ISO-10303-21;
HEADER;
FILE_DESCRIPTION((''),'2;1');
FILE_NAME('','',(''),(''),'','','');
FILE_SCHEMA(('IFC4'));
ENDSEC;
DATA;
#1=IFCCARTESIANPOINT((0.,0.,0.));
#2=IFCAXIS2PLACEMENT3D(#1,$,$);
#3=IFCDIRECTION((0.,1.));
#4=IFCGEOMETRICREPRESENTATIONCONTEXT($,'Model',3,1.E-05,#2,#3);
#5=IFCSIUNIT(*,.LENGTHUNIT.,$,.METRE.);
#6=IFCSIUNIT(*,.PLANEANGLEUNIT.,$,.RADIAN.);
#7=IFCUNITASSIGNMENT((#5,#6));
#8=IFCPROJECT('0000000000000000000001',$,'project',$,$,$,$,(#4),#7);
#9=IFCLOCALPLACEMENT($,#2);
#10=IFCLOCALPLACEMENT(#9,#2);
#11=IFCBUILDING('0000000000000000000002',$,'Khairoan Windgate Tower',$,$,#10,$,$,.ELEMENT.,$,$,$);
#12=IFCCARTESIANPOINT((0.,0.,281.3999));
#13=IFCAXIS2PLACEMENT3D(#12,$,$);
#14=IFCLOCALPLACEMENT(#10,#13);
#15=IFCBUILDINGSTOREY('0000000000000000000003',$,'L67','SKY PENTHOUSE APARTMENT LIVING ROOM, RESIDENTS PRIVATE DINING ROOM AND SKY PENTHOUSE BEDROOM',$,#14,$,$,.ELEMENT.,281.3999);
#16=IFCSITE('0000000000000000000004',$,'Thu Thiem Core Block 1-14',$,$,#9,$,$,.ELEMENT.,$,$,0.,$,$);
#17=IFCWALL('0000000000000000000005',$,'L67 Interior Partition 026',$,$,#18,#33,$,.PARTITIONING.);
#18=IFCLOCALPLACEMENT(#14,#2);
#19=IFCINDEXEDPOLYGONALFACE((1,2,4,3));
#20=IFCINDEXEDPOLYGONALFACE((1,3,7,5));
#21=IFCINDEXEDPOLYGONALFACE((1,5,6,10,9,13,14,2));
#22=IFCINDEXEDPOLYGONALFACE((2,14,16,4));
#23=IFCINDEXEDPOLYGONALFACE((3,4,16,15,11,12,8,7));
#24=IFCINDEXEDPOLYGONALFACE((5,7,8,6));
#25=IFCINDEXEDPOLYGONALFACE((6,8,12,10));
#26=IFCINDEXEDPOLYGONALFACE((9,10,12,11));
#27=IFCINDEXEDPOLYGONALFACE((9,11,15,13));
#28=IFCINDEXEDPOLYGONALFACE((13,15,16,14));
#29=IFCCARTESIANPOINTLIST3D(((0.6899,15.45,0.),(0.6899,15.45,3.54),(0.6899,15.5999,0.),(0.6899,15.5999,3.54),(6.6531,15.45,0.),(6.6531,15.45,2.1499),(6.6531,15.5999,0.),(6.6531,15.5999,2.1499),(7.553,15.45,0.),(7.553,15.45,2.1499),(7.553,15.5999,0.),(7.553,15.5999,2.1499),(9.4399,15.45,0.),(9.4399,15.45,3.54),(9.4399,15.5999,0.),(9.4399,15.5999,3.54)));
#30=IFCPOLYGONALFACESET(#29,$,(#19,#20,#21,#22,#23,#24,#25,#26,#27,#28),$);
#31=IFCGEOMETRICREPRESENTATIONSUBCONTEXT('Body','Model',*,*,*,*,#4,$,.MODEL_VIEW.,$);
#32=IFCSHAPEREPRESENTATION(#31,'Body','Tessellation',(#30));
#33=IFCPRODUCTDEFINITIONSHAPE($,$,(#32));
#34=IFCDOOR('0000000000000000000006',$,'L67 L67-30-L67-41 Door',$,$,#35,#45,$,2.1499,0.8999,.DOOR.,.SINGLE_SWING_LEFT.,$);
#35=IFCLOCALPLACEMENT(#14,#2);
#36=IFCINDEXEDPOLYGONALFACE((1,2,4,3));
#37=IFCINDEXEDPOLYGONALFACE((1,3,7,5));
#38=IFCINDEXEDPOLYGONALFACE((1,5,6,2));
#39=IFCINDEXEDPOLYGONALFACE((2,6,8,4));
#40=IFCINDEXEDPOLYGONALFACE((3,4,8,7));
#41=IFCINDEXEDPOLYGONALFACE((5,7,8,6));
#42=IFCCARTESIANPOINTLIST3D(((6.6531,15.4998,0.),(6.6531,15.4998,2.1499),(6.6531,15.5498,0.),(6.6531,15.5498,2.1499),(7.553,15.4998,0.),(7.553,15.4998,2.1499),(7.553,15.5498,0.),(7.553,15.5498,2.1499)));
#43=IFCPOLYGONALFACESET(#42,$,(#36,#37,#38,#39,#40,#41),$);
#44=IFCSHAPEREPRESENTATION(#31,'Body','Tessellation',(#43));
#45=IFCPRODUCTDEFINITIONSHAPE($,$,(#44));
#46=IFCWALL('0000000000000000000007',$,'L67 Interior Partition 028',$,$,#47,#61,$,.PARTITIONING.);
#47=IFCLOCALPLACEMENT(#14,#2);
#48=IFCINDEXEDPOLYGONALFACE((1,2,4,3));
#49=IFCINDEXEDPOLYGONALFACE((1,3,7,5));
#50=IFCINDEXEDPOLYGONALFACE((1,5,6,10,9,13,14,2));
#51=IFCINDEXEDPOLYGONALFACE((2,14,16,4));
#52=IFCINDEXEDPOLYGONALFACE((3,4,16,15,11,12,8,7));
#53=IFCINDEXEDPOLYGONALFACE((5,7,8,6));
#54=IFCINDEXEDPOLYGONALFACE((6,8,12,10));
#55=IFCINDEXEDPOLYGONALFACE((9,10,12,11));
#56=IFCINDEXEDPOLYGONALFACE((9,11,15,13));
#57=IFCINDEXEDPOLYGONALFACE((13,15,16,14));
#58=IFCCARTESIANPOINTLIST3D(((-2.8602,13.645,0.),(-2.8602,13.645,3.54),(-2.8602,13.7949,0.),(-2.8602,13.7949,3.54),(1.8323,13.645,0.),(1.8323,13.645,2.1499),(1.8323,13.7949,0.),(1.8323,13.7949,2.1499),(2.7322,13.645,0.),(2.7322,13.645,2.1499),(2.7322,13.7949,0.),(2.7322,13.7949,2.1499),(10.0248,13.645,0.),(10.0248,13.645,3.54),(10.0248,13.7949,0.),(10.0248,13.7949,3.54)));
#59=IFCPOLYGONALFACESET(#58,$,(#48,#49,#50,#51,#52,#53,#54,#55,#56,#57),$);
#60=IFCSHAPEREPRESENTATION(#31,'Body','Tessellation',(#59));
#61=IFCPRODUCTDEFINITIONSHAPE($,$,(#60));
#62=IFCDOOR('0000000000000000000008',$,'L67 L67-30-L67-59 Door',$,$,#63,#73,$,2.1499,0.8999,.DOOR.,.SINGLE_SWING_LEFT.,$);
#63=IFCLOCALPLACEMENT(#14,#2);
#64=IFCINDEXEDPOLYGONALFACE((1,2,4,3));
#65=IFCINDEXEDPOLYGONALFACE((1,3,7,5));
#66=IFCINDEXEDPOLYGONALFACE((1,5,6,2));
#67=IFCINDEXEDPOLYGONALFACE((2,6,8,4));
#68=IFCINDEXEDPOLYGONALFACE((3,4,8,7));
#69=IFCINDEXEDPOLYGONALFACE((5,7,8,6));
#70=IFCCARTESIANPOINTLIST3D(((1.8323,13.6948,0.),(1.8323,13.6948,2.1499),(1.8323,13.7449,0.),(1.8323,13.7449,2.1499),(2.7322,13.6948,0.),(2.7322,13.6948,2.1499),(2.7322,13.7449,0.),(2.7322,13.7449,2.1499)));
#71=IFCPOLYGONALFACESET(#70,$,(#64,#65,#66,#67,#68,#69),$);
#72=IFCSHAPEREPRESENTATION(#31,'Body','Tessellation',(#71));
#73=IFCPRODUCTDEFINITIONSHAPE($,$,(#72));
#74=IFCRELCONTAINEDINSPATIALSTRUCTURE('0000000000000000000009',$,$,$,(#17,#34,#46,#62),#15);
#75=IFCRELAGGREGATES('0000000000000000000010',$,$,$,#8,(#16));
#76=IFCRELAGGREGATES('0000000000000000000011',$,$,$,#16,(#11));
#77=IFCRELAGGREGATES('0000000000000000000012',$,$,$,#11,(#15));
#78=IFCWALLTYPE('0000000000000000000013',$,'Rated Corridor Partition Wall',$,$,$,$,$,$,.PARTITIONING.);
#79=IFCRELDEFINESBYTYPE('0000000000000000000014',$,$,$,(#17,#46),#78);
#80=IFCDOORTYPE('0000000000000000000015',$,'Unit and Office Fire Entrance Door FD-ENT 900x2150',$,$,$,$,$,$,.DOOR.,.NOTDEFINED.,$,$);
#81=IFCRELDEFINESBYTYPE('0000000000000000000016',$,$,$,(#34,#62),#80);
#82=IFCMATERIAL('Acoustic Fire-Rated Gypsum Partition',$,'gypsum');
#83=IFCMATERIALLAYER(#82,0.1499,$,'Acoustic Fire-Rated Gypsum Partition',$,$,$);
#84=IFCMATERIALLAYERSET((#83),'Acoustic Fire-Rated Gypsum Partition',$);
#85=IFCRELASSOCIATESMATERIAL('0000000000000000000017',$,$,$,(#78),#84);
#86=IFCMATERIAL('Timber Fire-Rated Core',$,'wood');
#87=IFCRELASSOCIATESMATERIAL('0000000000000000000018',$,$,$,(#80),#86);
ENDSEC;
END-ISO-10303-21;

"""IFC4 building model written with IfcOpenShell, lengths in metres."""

from ifc_helpers import new_model, si_unit, direction, frame, frame_2d, origin, place, context, subcontext, project, spatial, rectangle, extrude, material, layer, layer_set, type_object, element, fill, save


model = new_model("IFC4")

# Units and contexts
model_context = context("Model", 3, precision=1e-05, world=origin(), true_north=direction((0.0, 1.0)))
body_context = subcontext(model_context, "Body", "Model", "MODEL_VIEW")
ifc_project = project(units=[si_unit("LENGTHUNIT", "METRE"), si_unit("PLANEANGLEUNIT", "RADIAN")], contexts=[model_context])

# Site, building, storey
site_placement = place(None, origin())
site = spatial("IfcSite", under=ifc_project, at=site_placement, Name="Thu Thiem Core Block 1-14", CompositionType="ELEMENT", RefElevation=0.0)
building_placement = place(site_placement, origin())
building = spatial("IfcBuilding", under=site, at=building_placement, Name="Khairoan Windgate Tower", CompositionType="ELEMENT")
storey_placement = place(building_placement, frame((0.0, 0.0, 281.3999)))
storey = spatial("IfcBuildingStorey", under=building, at=storey_placement, Name="L67", Description="SKY PENTHOUSE APARTMENT LIVING ROOM, RESIDENTS PRIVATE DINING ROOM AND SKY PENTHOUSE BEDROOM", CompositionType="ELEMENT", Elevation=281.3999)

# Shared definitions
ifc_material_1 = material(Name="Acoustic Fire-Rated Gypsum Partition", Category="gypsum")
ifc_layer_1 = layer(ifc_material_1, 0.1499, Name="Acoustic Fire-Rated Gypsum Partition")
ifc_layer_set_1 = layer_set([ifc_layer_1], Name="Acoustic Fire-Rated Gypsum Partition")
wall_type_1 = type_object("IfcWallType", Name="Rated Corridor Partition Wall", PredefinedType="PARTITIONING", material=ifc_layer_set_1)
ifc_material_2 = material(Name="Timber Fire-Rated Core", Category="wood")
door_type_1 = type_object("IfcDoorType", Name="Unit and Office Fire Entrance Door FD-ENT 900x2150", OperationType="NOTDEFINED", PredefinedType="DOOR", material=ifc_material_2)

# Walls, openings, doors
wall_1_placement = place(storey_placement, frame((0.6899, 15.5249, 0.0), z_axis=(0.0, 0.0, 1.0), x_axis=(1.0, 0.0, 0.0)))
wall_1 = element("IfcWall", 1, at=wall_1_placement, inside=storey, type_object=wall_type_1, Name="L67 Interior Partition 026", PredefinedType="PARTITIONING", context=body_context, shape_type="SweptSolid", body=[
    extrude(rectangle(XDim=8.75, YDim=0.1499, at=frame_2d((4.375, 0.0))), origin(), (0.0, 0.0, 1.0), 3.54),
])
opening_1_placement = place(wall_1_placement, frame((5.9631, 0.0, 0.0)))
opening_1 = element("IfcOpeningElement", 2, at=opening_1_placement, cuts=wall_1, PredefinedType="OPENING", context=body_context, shape_type="SweptSolid", body=[
    extrude(rectangle(XDim=0.8999, YDim=2.1499, at=frame_2d((0.45, 1.075))), frame((0.0, 0.085, 0.0), z_axis=(0.0, -1.0, 0.0), x_axis=(1.0, 0.0, 0.0)), (0.0, 0.0, 1.0), 0.1699),
])
door_1_placement = place(opening_1_placement, origin())
door_1 = element("IfcDoor", 3, at=door_1_placement, inside=storey, type_object=door_type_1, Name="L67 L67-30-L67-41 Door", OperationType="SINGLE_SWING_LEFT", OverallHeight=2.1499, OverallWidth=0.8999, PredefinedType="DOOR", context=body_context, shape_type="SweptSolid", body=[
    extrude(rectangle(XDim=0.8999, YDim=2.1499, at=frame_2d((0.45, 1.075))), frame((0.0, 0.0249, 0.0), z_axis=(0.0, -1.0, 0.0), x_axis=(1.0, 0.0, 0.0)), (0.0, 0.0, 1.0), 0.05),
])
fill(opening_1, door_1)
wall_2_placement = place(storey_placement, frame((-2.8601, 13.72, 0.0), z_axis=(0.0, 0.0, 1.0), x_axis=(1.0, 0.0, 0.0)))
wall_2 = element("IfcWall", 4, at=wall_2_placement, inside=storey, type_object=wall_type_1, Name="L67 Interior Partition 028", PredefinedType="PARTITIONING", context=body_context, shape_type="SweptSolid", body=[
    extrude(rectangle(XDim=12.885, YDim=0.1499, at=frame_2d((6.4424, 0.0))), origin(), (0.0, 0.0, 1.0), 3.54),
])
opening_2_placement = place(wall_2_placement, frame((4.6924, 0.0, 0.0)))
opening_2 = element("IfcOpeningElement", 5, at=opening_2_placement, cuts=wall_2, PredefinedType="OPENING", context=body_context, shape_type="SweptSolid", body=[
    extrude(rectangle(XDim=0.8999, YDim=2.1499, at=frame_2d((0.45, 1.075))), frame((0.0, 0.085, 0.0), z_axis=(0.0, -1.0, 0.0), x_axis=(1.0, 0.0, 0.0)), (0.0, 0.0, 1.0), 0.1699),
])
door_2_placement = place(opening_2_placement, origin())
door_2 = element("IfcDoor", 6, at=door_2_placement, inside=storey, type_object=door_type_1, Name="L67 L67-30-L67-59 Door", OperationType="SINGLE_SWING_LEFT", OverallHeight=2.1499, OverallWidth=0.8999, PredefinedType="DOOR", context=body_context, shape_type="SweptSolid", body=[
    extrude(rectangle(XDim=0.8999, YDim=2.1499, at=frame_2d((0.45, 1.075))), frame((0.0, 0.0249, 0.0), z_axis=(0.0, -1.0, 0.0), x_axis=(1.0, 0.0, 0.0)), (0.0, 0.0, 1.0), 0.05),
])
fill(opening_2, door_2)

save(model, "model.ifc")
